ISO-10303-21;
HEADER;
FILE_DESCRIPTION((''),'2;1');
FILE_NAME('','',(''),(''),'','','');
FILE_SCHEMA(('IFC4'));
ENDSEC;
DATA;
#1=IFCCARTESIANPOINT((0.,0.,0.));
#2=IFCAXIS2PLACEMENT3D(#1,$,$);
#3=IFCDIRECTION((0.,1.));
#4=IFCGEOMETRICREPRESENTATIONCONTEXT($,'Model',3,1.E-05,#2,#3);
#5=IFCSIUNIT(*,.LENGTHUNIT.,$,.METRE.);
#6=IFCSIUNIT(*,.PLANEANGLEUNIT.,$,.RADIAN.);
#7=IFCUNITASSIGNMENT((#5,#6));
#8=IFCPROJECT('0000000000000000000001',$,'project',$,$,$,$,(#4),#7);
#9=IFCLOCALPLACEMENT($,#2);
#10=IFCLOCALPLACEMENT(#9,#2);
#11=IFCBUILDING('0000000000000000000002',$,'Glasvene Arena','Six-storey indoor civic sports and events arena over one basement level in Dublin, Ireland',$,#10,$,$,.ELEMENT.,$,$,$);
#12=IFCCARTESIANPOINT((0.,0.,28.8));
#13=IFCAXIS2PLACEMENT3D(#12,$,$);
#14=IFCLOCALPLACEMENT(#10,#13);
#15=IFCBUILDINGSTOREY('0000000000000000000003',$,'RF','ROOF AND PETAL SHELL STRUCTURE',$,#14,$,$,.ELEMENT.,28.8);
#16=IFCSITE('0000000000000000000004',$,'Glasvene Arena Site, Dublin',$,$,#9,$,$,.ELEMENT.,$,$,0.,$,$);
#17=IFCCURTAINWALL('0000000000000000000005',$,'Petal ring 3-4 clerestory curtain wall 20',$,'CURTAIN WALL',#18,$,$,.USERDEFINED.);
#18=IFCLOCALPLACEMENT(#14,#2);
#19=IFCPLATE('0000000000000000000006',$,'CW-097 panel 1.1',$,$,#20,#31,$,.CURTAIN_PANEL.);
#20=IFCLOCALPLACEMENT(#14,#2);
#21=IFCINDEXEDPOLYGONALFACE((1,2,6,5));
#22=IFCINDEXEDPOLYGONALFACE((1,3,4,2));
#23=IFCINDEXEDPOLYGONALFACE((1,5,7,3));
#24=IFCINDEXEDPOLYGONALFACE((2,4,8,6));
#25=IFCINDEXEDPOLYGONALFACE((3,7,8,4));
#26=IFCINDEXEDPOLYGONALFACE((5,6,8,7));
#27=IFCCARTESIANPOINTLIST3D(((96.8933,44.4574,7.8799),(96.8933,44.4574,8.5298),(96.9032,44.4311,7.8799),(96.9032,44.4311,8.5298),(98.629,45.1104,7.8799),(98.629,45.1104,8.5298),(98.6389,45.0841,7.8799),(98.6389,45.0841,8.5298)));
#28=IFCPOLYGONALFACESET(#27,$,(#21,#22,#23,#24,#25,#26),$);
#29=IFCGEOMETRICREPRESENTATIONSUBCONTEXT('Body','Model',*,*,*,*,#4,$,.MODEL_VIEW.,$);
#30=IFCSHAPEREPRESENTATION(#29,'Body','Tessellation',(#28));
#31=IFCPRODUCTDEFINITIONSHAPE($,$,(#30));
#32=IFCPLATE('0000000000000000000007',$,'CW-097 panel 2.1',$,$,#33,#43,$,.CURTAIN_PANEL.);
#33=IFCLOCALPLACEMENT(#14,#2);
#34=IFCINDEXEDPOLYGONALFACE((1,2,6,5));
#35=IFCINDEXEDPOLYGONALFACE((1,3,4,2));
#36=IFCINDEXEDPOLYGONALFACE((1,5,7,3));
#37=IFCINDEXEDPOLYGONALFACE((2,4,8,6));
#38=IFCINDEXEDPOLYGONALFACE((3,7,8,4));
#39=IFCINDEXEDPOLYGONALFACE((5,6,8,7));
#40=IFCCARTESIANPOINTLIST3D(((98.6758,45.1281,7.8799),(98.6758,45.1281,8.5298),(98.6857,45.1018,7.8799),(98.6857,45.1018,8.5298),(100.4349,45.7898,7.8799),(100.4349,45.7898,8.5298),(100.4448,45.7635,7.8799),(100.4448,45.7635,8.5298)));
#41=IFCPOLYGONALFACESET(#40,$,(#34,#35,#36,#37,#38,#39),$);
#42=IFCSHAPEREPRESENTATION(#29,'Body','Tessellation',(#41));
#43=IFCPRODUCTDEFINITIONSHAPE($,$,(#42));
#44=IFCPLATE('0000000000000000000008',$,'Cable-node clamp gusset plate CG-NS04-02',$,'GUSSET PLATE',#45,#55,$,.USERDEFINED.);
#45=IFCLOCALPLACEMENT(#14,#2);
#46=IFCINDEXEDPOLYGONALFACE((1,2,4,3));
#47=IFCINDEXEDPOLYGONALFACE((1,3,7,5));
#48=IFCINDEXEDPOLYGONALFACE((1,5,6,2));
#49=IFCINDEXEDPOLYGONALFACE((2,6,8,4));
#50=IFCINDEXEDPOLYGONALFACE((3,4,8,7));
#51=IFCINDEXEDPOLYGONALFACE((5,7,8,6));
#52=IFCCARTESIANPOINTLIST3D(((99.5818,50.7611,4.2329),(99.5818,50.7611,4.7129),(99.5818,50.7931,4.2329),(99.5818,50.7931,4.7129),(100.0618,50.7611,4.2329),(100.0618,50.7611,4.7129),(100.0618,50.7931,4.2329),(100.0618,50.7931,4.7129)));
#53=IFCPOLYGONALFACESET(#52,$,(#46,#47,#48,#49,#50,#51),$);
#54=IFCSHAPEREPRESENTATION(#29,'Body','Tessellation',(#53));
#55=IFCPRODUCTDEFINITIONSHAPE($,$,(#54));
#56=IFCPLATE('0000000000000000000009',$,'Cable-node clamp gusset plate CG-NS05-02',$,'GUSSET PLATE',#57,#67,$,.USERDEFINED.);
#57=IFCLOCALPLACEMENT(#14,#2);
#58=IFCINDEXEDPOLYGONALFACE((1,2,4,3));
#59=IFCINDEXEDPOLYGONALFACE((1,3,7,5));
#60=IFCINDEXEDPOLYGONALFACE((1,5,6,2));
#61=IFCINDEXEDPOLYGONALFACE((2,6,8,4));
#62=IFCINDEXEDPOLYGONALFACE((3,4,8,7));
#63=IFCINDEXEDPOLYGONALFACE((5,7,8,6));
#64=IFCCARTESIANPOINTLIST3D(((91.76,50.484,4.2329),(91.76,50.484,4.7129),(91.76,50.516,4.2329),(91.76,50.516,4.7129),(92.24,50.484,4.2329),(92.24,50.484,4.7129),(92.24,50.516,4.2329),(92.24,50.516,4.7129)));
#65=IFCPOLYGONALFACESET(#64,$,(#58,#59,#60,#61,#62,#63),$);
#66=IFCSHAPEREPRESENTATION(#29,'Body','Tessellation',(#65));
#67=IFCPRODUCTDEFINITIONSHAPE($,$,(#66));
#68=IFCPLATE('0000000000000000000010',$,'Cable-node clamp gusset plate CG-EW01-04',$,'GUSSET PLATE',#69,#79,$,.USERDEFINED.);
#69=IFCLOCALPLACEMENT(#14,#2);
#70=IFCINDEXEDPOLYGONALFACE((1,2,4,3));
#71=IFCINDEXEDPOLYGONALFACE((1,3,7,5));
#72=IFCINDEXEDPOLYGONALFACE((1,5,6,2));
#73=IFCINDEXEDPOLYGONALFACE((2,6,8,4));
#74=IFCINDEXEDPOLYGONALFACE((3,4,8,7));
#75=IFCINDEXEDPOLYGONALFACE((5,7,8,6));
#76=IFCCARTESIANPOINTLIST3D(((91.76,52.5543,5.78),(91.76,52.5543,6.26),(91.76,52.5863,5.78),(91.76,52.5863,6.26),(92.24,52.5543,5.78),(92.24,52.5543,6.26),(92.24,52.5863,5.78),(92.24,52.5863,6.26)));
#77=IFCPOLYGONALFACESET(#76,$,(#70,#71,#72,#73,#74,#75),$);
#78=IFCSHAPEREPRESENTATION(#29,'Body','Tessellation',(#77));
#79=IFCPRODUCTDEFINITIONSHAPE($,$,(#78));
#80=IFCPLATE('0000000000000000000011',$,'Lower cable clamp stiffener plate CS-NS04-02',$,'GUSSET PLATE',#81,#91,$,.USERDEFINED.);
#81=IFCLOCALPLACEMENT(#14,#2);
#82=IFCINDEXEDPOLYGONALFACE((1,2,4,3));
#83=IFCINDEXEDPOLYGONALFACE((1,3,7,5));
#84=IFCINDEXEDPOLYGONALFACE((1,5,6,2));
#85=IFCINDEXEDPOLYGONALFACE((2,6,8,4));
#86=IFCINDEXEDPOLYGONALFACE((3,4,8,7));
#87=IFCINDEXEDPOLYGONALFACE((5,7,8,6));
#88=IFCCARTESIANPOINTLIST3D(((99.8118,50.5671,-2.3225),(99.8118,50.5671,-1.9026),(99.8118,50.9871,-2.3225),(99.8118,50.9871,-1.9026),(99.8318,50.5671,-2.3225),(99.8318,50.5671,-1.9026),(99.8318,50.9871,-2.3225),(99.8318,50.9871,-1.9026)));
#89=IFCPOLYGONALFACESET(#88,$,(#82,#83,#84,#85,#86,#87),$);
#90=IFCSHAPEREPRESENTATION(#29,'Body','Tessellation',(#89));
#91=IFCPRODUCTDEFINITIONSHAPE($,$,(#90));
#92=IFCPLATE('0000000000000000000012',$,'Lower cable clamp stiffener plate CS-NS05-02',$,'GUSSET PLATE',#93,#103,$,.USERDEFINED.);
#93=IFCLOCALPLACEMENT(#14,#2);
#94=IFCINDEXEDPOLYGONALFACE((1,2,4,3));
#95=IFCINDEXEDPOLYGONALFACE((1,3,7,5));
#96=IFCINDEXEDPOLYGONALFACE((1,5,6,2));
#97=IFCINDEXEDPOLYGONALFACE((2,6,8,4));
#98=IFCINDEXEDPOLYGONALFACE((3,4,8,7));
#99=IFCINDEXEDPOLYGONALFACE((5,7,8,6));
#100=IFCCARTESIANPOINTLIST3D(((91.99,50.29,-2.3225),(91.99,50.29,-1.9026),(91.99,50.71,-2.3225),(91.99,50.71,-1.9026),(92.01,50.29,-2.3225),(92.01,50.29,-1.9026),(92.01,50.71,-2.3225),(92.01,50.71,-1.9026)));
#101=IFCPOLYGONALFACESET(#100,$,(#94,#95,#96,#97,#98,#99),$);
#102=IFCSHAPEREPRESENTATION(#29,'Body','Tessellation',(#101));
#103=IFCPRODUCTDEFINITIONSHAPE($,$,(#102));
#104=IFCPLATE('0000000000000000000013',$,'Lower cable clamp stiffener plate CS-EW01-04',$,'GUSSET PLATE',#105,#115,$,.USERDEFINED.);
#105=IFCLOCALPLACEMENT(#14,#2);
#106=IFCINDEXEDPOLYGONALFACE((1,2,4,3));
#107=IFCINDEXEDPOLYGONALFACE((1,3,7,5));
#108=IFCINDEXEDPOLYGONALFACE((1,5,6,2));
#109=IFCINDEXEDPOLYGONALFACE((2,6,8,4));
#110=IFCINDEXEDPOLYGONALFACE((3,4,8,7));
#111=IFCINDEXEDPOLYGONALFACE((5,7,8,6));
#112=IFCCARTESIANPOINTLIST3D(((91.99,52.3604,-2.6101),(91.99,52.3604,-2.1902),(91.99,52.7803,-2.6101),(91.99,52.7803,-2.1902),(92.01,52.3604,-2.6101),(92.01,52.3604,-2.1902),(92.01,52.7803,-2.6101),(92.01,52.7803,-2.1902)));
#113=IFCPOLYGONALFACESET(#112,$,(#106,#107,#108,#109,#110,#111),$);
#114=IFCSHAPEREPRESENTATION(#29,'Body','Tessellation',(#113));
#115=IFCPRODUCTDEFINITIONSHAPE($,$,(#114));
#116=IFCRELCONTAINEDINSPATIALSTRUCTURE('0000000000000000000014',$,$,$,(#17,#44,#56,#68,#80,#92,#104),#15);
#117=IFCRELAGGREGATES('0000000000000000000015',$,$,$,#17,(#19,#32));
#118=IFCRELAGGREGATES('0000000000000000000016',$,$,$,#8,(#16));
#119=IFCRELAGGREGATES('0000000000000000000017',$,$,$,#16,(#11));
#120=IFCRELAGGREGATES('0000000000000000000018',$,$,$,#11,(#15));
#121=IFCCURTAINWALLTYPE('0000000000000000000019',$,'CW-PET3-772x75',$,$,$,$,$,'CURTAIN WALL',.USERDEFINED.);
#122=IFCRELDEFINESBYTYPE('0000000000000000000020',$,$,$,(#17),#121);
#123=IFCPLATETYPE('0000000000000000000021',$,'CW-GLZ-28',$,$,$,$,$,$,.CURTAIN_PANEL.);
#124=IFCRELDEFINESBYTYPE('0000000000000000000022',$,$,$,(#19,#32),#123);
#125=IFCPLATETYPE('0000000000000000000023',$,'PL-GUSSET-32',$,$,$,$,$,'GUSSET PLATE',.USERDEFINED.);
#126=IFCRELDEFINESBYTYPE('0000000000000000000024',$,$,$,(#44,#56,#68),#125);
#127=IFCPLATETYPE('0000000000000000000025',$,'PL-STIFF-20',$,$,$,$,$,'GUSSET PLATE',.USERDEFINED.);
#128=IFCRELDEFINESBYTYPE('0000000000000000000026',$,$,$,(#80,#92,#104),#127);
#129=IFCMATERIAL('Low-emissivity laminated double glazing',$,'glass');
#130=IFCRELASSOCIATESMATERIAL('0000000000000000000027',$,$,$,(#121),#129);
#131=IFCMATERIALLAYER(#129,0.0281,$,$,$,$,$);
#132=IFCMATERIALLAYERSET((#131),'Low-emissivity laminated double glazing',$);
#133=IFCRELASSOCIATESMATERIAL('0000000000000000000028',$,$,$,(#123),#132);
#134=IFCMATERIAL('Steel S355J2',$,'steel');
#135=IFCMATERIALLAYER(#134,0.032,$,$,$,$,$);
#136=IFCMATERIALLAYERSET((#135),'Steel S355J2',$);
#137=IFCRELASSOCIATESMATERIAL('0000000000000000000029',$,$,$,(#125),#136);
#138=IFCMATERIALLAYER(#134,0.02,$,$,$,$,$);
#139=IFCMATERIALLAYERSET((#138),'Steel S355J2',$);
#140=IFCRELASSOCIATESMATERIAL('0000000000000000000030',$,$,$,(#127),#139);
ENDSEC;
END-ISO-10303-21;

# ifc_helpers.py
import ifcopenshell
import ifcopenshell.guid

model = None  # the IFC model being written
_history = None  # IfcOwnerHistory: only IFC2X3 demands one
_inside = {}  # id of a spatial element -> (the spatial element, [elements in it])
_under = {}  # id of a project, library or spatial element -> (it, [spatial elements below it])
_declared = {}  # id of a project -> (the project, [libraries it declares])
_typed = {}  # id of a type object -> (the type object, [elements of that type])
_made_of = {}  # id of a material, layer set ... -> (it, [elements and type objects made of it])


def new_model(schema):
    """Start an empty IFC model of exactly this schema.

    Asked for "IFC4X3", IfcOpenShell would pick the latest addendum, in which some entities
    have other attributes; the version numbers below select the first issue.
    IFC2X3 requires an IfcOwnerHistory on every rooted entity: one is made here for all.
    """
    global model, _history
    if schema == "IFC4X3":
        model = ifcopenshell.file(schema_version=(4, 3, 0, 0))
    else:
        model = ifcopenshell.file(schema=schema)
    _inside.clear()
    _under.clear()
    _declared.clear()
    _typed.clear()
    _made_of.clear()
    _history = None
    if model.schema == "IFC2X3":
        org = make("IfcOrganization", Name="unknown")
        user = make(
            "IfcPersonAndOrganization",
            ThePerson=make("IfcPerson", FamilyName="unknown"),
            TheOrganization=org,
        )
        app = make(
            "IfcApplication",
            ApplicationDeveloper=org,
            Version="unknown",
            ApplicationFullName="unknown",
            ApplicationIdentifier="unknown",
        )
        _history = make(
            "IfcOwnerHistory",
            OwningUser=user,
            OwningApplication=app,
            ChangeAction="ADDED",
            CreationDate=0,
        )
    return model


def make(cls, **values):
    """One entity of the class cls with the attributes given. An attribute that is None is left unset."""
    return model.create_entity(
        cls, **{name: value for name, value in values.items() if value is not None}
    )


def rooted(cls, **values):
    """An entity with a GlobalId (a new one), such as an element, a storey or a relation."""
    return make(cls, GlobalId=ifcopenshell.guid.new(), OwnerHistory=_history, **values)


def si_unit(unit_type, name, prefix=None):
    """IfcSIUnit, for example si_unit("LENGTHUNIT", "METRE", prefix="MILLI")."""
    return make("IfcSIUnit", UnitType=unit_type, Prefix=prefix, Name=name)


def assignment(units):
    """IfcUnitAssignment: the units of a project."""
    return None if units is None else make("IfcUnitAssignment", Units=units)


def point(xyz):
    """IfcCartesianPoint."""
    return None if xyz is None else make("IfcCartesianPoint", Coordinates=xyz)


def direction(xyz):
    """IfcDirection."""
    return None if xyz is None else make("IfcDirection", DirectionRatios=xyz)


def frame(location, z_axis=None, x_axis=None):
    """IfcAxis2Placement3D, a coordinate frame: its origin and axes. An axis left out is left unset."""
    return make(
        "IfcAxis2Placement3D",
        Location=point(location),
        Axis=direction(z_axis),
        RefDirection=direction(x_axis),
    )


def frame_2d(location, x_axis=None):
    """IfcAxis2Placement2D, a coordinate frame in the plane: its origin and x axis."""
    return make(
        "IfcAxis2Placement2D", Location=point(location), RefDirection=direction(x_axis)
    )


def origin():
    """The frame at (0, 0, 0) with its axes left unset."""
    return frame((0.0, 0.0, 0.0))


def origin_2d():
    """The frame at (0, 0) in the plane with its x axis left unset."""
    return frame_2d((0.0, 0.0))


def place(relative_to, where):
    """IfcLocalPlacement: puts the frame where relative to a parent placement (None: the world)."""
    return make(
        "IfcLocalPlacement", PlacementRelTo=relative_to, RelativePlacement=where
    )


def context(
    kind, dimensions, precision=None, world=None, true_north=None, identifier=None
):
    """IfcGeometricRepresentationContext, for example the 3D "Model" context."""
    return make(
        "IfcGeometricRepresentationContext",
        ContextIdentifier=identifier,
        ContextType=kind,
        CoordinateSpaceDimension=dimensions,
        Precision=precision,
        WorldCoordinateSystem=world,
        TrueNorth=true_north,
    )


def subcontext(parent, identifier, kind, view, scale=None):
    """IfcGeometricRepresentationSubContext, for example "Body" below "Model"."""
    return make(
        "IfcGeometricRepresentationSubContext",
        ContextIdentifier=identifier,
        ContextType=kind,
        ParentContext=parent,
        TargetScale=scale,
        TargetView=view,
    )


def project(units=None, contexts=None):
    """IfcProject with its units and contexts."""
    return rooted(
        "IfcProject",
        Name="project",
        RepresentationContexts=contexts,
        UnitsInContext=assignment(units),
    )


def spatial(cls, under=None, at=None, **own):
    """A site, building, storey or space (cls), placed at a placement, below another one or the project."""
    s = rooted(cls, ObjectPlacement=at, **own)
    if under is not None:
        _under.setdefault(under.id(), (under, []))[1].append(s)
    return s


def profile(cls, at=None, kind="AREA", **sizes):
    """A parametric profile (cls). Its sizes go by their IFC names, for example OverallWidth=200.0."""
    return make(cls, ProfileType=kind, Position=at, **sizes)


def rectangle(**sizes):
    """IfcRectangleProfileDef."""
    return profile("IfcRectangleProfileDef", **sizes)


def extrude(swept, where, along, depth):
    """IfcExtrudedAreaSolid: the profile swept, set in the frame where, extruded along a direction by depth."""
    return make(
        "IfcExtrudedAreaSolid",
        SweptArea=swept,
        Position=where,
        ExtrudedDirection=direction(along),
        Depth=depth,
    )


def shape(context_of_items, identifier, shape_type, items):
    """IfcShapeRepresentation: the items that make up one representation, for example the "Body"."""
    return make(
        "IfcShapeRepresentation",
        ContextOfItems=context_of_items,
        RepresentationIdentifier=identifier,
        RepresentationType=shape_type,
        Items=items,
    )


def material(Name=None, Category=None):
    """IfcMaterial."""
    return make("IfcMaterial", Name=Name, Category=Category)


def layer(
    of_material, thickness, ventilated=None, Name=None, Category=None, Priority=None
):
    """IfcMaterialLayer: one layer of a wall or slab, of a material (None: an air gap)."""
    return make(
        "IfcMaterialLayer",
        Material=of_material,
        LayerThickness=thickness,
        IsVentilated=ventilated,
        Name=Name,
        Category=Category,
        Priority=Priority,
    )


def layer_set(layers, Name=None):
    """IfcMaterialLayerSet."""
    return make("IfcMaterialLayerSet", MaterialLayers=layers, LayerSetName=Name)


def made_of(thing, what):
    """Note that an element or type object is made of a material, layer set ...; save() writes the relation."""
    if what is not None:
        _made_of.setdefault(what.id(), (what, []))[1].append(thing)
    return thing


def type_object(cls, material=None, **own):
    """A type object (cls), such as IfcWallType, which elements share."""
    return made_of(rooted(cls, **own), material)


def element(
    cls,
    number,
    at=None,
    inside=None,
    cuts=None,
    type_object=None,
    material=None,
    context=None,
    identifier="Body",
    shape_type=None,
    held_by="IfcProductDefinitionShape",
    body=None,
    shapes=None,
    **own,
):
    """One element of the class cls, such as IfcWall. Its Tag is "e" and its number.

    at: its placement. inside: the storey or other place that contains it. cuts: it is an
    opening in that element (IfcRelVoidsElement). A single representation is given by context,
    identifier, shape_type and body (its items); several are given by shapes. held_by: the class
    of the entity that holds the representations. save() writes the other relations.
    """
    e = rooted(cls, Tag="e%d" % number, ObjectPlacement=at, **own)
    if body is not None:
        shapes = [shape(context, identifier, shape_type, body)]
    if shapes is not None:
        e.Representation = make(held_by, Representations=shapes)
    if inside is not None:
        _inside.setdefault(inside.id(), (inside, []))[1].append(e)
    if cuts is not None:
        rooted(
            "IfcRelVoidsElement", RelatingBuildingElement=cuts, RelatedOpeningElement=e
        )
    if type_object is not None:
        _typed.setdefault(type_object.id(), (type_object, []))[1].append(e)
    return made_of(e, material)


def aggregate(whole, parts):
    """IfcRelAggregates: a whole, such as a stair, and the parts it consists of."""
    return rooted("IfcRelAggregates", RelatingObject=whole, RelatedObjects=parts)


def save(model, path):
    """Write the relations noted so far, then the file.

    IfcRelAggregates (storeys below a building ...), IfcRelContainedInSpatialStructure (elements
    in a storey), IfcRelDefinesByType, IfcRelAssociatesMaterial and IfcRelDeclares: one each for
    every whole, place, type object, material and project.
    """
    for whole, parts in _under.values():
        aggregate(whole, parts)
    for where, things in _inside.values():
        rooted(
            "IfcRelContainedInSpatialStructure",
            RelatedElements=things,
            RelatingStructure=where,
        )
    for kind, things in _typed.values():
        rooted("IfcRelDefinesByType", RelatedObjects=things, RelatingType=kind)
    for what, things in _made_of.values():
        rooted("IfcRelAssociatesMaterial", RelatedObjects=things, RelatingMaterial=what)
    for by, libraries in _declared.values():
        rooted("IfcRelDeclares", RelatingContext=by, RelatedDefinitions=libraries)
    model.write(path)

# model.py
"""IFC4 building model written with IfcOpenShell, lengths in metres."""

from ifc_helpers import new_model, si_unit, direction, frame, origin, origin_2d, place, context, subcontext, project, spatial, rectangle, extrude, material, layer, layer_set, type_object, element, aggregate, save


model = new_model("IFC4")

# Units and contexts
model_context = context("Model", 3, precision=1e-05, world=origin(), true_north=direction((0.0, 1.0)))
body_context = subcontext(model_context, "Body", "Model", "MODEL_VIEW")
ifc_project = project(units=[si_unit("LENGTHUNIT", "METRE"), si_unit("PLANEANGLEUNIT", "RADIAN")], contexts=[model_context])

# Site, building, storey
site_placement = place(None, origin())
site = spatial("IfcSite", under=ifc_project, at=site_placement, Name="Glasvene Arena Site, Dublin", CompositionType="ELEMENT", RefElevation=0.0)
building_placement = place(site_placement, origin())
building = spatial("IfcBuilding", under=site, at=building_placement, Name="Glasvene Arena", Description="Six-storey indoor civic sports and events arena over one basement level in Dublin, Ireland", CompositionType="ELEMENT")
storey_placement = place(building_placement, frame((0.0, 0.0, 28.8)))
storey = spatial("IfcBuildingStorey", under=building, at=storey_placement, Name="RF", Description="ROOF AND PETAL SHELL STRUCTURE", CompositionType="ELEMENT", Elevation=28.8)

# Curtain wall
ifc_material_1 = material(Name="Low-emissivity laminated double glazing", Category="glass")
curtain_wall_type_1 = type_object("IfcCurtainWallType", Name="CW-PET3-772x75", ElementType="CURTAIN WALL", PredefinedType="USERDEFINED", material=ifc_material_1)
curtain_wall_1_placement = place(storey_placement, frame((96.8516, 44.4268, 0.0)))
curtain_wall_1 = element("IfcCurtainWall", 1, at=curtain_wall_1_placement, inside=storey, type_object=curtain_wall_type_1, Name="Petal ring 3-4 clerestory curtain wall 20", ObjectType="CURTAIN WALL", PredefinedType="USERDEFINED")

# Shared definitions
ifc_material_2 = material(Name="Steel S355J2", Category="steel")

# Plates
ifc_layer_1 = layer(ifc_material_1, 0.0281)
ifc_layer_set_1 = layer_set([ifc_layer_1], Name="Low-emissivity laminated double glazing")
plate_type_1 = type_object("IfcPlateType", Name="CW-GLZ-28", PredefinedType="CURTAIN_PANEL", material=ifc_layer_set_1)
plate_1_placement = place(storey_placement, frame((97.7661, 44.7708, 7.8799), z_axis=(0.0, 0.0, 1.0), x_axis=(0.935966, 0.352092, 0.0)))
plate_1 = element("IfcPlate", 2, at=plate_1_placement, type_object=plate_type_1, Name="CW-097 panel 1.1", PredefinedType="CURTAIN_PANEL", context=body_context, shape_type="SweptSolid", body=[
    extrude(rectangle(XDim=1.8545, YDim=0.0281, at=origin_2d()), origin(), (0.0, 0.0, 1.0), 0.6499),
])
plate_2_placement = place(storey_placement, frame((99.5603, 45.4458, 7.8799), z_axis=(0.0, 0.0, 1.0), x_axis=(0.935966, 0.352092, 0.0)))
plate_2 = element("IfcPlate", 3, at=plate_2_placement, type_object=plate_type_1, Name="CW-097 panel 2.1", PredefinedType="CURTAIN_PANEL", context=body_context, shape_type="SweptSolid", body=[
    extrude(rectangle(XDim=1.8794, YDim=0.0281, at=origin_2d()), origin(), (0.0, 0.0, 1.0), 0.6499),
])
aggregate(curtain_wall_1, [plate_1, plate_2])

# Plates
ifc_layer_2 = layer(ifc_material_2, 0.032)
ifc_layer_set_2 = layer_set([ifc_layer_2], Name="Steel S355J2")
plate_type_2 = type_object("IfcPlateType", Name="PL-GUSSET-32", ElementType="GUSSET PLATE", PredefinedType="USERDEFINED", material=ifc_layer_set_2)
for number, where, z_axis, x_axis, name in (
    (4, (99.8218, 50.7771, 4.2329), (0.0, 0.0, 1.0), (1.0, 0.0, 0.0), "Cable-node clamp gusset plate CG-NS04-02"),
    (5, (92.0, 50.5, 4.2329), (0.0, 0.0, 1.0), (1.0, 0.0, 0.0), "Cable-node clamp gusset plate CG-NS05-02"),
    (6, (92.0, 52.5703, 5.78), (0.0, 0.0, 1.0), (1.0, 0.0, 0.0), "Cable-node clamp gusset plate CG-EW01-04"),
):
    element("IfcPlate", number, at=place(storey_placement, frame(where, z_axis=z_axis, x_axis=x_axis)), inside=storey, type_object=plate_type_2, Name=name, ObjectType="GUSSET PLATE", PredefinedType="USERDEFINED", context=body_context, shape_type="SweptSolid", body=[
        extrude(rectangle(XDim=0.48, YDim=0.032, at=origin_2d()), origin(), (0.0, 0.0, 1.0), 0.48),
    ])
ifc_layer_3 = layer(ifc_material_2, 0.02)
ifc_layer_set_3 = layer_set([ifc_layer_3], Name="Steel S355J2")
plate_type_3 = type_object("IfcPlateType", Name="PL-STIFF-20", ElementType="GUSSET PLATE", PredefinedType="USERDEFINED", material=ifc_layer_set_3)
for number, where, z_axis, x_axis, name in (
    (7, (99.8218, 50.7771, -2.3225), (0.0, 0.0, 1.0), (1.0, 0.0, 0.0), "Lower cable clamp stiffener plate CS-NS04-02"),
    (8, (92.0, 50.5, -2.3225), (0.0, 0.0, 1.0), (1.0, 0.0, 0.0), "Lower cable clamp stiffener plate CS-NS05-02"),
    (9, (92.0, 52.5703, -2.6101), (0.0, 0.0, 1.0), (1.0, 0.0, 0.0), "Lower cable clamp stiffener plate CS-EW01-04"),
):
    element("IfcPlate", number, at=place(storey_placement, frame(where, z_axis=z_axis, x_axis=x_axis)), inside=storey, type_object=plate_type_3, Name=name, ObjectType="GUSSET PLATE", PredefinedType="USERDEFINED", context=body_context, shape_type="SweptSolid", body=[
        extrude(rectangle(XDim=0.02, YDim=0.4199, at=origin_2d()), origin(), (0.0, 0.0, 1.0), 0.4199),
    ])

save(model, "model.ifc")
